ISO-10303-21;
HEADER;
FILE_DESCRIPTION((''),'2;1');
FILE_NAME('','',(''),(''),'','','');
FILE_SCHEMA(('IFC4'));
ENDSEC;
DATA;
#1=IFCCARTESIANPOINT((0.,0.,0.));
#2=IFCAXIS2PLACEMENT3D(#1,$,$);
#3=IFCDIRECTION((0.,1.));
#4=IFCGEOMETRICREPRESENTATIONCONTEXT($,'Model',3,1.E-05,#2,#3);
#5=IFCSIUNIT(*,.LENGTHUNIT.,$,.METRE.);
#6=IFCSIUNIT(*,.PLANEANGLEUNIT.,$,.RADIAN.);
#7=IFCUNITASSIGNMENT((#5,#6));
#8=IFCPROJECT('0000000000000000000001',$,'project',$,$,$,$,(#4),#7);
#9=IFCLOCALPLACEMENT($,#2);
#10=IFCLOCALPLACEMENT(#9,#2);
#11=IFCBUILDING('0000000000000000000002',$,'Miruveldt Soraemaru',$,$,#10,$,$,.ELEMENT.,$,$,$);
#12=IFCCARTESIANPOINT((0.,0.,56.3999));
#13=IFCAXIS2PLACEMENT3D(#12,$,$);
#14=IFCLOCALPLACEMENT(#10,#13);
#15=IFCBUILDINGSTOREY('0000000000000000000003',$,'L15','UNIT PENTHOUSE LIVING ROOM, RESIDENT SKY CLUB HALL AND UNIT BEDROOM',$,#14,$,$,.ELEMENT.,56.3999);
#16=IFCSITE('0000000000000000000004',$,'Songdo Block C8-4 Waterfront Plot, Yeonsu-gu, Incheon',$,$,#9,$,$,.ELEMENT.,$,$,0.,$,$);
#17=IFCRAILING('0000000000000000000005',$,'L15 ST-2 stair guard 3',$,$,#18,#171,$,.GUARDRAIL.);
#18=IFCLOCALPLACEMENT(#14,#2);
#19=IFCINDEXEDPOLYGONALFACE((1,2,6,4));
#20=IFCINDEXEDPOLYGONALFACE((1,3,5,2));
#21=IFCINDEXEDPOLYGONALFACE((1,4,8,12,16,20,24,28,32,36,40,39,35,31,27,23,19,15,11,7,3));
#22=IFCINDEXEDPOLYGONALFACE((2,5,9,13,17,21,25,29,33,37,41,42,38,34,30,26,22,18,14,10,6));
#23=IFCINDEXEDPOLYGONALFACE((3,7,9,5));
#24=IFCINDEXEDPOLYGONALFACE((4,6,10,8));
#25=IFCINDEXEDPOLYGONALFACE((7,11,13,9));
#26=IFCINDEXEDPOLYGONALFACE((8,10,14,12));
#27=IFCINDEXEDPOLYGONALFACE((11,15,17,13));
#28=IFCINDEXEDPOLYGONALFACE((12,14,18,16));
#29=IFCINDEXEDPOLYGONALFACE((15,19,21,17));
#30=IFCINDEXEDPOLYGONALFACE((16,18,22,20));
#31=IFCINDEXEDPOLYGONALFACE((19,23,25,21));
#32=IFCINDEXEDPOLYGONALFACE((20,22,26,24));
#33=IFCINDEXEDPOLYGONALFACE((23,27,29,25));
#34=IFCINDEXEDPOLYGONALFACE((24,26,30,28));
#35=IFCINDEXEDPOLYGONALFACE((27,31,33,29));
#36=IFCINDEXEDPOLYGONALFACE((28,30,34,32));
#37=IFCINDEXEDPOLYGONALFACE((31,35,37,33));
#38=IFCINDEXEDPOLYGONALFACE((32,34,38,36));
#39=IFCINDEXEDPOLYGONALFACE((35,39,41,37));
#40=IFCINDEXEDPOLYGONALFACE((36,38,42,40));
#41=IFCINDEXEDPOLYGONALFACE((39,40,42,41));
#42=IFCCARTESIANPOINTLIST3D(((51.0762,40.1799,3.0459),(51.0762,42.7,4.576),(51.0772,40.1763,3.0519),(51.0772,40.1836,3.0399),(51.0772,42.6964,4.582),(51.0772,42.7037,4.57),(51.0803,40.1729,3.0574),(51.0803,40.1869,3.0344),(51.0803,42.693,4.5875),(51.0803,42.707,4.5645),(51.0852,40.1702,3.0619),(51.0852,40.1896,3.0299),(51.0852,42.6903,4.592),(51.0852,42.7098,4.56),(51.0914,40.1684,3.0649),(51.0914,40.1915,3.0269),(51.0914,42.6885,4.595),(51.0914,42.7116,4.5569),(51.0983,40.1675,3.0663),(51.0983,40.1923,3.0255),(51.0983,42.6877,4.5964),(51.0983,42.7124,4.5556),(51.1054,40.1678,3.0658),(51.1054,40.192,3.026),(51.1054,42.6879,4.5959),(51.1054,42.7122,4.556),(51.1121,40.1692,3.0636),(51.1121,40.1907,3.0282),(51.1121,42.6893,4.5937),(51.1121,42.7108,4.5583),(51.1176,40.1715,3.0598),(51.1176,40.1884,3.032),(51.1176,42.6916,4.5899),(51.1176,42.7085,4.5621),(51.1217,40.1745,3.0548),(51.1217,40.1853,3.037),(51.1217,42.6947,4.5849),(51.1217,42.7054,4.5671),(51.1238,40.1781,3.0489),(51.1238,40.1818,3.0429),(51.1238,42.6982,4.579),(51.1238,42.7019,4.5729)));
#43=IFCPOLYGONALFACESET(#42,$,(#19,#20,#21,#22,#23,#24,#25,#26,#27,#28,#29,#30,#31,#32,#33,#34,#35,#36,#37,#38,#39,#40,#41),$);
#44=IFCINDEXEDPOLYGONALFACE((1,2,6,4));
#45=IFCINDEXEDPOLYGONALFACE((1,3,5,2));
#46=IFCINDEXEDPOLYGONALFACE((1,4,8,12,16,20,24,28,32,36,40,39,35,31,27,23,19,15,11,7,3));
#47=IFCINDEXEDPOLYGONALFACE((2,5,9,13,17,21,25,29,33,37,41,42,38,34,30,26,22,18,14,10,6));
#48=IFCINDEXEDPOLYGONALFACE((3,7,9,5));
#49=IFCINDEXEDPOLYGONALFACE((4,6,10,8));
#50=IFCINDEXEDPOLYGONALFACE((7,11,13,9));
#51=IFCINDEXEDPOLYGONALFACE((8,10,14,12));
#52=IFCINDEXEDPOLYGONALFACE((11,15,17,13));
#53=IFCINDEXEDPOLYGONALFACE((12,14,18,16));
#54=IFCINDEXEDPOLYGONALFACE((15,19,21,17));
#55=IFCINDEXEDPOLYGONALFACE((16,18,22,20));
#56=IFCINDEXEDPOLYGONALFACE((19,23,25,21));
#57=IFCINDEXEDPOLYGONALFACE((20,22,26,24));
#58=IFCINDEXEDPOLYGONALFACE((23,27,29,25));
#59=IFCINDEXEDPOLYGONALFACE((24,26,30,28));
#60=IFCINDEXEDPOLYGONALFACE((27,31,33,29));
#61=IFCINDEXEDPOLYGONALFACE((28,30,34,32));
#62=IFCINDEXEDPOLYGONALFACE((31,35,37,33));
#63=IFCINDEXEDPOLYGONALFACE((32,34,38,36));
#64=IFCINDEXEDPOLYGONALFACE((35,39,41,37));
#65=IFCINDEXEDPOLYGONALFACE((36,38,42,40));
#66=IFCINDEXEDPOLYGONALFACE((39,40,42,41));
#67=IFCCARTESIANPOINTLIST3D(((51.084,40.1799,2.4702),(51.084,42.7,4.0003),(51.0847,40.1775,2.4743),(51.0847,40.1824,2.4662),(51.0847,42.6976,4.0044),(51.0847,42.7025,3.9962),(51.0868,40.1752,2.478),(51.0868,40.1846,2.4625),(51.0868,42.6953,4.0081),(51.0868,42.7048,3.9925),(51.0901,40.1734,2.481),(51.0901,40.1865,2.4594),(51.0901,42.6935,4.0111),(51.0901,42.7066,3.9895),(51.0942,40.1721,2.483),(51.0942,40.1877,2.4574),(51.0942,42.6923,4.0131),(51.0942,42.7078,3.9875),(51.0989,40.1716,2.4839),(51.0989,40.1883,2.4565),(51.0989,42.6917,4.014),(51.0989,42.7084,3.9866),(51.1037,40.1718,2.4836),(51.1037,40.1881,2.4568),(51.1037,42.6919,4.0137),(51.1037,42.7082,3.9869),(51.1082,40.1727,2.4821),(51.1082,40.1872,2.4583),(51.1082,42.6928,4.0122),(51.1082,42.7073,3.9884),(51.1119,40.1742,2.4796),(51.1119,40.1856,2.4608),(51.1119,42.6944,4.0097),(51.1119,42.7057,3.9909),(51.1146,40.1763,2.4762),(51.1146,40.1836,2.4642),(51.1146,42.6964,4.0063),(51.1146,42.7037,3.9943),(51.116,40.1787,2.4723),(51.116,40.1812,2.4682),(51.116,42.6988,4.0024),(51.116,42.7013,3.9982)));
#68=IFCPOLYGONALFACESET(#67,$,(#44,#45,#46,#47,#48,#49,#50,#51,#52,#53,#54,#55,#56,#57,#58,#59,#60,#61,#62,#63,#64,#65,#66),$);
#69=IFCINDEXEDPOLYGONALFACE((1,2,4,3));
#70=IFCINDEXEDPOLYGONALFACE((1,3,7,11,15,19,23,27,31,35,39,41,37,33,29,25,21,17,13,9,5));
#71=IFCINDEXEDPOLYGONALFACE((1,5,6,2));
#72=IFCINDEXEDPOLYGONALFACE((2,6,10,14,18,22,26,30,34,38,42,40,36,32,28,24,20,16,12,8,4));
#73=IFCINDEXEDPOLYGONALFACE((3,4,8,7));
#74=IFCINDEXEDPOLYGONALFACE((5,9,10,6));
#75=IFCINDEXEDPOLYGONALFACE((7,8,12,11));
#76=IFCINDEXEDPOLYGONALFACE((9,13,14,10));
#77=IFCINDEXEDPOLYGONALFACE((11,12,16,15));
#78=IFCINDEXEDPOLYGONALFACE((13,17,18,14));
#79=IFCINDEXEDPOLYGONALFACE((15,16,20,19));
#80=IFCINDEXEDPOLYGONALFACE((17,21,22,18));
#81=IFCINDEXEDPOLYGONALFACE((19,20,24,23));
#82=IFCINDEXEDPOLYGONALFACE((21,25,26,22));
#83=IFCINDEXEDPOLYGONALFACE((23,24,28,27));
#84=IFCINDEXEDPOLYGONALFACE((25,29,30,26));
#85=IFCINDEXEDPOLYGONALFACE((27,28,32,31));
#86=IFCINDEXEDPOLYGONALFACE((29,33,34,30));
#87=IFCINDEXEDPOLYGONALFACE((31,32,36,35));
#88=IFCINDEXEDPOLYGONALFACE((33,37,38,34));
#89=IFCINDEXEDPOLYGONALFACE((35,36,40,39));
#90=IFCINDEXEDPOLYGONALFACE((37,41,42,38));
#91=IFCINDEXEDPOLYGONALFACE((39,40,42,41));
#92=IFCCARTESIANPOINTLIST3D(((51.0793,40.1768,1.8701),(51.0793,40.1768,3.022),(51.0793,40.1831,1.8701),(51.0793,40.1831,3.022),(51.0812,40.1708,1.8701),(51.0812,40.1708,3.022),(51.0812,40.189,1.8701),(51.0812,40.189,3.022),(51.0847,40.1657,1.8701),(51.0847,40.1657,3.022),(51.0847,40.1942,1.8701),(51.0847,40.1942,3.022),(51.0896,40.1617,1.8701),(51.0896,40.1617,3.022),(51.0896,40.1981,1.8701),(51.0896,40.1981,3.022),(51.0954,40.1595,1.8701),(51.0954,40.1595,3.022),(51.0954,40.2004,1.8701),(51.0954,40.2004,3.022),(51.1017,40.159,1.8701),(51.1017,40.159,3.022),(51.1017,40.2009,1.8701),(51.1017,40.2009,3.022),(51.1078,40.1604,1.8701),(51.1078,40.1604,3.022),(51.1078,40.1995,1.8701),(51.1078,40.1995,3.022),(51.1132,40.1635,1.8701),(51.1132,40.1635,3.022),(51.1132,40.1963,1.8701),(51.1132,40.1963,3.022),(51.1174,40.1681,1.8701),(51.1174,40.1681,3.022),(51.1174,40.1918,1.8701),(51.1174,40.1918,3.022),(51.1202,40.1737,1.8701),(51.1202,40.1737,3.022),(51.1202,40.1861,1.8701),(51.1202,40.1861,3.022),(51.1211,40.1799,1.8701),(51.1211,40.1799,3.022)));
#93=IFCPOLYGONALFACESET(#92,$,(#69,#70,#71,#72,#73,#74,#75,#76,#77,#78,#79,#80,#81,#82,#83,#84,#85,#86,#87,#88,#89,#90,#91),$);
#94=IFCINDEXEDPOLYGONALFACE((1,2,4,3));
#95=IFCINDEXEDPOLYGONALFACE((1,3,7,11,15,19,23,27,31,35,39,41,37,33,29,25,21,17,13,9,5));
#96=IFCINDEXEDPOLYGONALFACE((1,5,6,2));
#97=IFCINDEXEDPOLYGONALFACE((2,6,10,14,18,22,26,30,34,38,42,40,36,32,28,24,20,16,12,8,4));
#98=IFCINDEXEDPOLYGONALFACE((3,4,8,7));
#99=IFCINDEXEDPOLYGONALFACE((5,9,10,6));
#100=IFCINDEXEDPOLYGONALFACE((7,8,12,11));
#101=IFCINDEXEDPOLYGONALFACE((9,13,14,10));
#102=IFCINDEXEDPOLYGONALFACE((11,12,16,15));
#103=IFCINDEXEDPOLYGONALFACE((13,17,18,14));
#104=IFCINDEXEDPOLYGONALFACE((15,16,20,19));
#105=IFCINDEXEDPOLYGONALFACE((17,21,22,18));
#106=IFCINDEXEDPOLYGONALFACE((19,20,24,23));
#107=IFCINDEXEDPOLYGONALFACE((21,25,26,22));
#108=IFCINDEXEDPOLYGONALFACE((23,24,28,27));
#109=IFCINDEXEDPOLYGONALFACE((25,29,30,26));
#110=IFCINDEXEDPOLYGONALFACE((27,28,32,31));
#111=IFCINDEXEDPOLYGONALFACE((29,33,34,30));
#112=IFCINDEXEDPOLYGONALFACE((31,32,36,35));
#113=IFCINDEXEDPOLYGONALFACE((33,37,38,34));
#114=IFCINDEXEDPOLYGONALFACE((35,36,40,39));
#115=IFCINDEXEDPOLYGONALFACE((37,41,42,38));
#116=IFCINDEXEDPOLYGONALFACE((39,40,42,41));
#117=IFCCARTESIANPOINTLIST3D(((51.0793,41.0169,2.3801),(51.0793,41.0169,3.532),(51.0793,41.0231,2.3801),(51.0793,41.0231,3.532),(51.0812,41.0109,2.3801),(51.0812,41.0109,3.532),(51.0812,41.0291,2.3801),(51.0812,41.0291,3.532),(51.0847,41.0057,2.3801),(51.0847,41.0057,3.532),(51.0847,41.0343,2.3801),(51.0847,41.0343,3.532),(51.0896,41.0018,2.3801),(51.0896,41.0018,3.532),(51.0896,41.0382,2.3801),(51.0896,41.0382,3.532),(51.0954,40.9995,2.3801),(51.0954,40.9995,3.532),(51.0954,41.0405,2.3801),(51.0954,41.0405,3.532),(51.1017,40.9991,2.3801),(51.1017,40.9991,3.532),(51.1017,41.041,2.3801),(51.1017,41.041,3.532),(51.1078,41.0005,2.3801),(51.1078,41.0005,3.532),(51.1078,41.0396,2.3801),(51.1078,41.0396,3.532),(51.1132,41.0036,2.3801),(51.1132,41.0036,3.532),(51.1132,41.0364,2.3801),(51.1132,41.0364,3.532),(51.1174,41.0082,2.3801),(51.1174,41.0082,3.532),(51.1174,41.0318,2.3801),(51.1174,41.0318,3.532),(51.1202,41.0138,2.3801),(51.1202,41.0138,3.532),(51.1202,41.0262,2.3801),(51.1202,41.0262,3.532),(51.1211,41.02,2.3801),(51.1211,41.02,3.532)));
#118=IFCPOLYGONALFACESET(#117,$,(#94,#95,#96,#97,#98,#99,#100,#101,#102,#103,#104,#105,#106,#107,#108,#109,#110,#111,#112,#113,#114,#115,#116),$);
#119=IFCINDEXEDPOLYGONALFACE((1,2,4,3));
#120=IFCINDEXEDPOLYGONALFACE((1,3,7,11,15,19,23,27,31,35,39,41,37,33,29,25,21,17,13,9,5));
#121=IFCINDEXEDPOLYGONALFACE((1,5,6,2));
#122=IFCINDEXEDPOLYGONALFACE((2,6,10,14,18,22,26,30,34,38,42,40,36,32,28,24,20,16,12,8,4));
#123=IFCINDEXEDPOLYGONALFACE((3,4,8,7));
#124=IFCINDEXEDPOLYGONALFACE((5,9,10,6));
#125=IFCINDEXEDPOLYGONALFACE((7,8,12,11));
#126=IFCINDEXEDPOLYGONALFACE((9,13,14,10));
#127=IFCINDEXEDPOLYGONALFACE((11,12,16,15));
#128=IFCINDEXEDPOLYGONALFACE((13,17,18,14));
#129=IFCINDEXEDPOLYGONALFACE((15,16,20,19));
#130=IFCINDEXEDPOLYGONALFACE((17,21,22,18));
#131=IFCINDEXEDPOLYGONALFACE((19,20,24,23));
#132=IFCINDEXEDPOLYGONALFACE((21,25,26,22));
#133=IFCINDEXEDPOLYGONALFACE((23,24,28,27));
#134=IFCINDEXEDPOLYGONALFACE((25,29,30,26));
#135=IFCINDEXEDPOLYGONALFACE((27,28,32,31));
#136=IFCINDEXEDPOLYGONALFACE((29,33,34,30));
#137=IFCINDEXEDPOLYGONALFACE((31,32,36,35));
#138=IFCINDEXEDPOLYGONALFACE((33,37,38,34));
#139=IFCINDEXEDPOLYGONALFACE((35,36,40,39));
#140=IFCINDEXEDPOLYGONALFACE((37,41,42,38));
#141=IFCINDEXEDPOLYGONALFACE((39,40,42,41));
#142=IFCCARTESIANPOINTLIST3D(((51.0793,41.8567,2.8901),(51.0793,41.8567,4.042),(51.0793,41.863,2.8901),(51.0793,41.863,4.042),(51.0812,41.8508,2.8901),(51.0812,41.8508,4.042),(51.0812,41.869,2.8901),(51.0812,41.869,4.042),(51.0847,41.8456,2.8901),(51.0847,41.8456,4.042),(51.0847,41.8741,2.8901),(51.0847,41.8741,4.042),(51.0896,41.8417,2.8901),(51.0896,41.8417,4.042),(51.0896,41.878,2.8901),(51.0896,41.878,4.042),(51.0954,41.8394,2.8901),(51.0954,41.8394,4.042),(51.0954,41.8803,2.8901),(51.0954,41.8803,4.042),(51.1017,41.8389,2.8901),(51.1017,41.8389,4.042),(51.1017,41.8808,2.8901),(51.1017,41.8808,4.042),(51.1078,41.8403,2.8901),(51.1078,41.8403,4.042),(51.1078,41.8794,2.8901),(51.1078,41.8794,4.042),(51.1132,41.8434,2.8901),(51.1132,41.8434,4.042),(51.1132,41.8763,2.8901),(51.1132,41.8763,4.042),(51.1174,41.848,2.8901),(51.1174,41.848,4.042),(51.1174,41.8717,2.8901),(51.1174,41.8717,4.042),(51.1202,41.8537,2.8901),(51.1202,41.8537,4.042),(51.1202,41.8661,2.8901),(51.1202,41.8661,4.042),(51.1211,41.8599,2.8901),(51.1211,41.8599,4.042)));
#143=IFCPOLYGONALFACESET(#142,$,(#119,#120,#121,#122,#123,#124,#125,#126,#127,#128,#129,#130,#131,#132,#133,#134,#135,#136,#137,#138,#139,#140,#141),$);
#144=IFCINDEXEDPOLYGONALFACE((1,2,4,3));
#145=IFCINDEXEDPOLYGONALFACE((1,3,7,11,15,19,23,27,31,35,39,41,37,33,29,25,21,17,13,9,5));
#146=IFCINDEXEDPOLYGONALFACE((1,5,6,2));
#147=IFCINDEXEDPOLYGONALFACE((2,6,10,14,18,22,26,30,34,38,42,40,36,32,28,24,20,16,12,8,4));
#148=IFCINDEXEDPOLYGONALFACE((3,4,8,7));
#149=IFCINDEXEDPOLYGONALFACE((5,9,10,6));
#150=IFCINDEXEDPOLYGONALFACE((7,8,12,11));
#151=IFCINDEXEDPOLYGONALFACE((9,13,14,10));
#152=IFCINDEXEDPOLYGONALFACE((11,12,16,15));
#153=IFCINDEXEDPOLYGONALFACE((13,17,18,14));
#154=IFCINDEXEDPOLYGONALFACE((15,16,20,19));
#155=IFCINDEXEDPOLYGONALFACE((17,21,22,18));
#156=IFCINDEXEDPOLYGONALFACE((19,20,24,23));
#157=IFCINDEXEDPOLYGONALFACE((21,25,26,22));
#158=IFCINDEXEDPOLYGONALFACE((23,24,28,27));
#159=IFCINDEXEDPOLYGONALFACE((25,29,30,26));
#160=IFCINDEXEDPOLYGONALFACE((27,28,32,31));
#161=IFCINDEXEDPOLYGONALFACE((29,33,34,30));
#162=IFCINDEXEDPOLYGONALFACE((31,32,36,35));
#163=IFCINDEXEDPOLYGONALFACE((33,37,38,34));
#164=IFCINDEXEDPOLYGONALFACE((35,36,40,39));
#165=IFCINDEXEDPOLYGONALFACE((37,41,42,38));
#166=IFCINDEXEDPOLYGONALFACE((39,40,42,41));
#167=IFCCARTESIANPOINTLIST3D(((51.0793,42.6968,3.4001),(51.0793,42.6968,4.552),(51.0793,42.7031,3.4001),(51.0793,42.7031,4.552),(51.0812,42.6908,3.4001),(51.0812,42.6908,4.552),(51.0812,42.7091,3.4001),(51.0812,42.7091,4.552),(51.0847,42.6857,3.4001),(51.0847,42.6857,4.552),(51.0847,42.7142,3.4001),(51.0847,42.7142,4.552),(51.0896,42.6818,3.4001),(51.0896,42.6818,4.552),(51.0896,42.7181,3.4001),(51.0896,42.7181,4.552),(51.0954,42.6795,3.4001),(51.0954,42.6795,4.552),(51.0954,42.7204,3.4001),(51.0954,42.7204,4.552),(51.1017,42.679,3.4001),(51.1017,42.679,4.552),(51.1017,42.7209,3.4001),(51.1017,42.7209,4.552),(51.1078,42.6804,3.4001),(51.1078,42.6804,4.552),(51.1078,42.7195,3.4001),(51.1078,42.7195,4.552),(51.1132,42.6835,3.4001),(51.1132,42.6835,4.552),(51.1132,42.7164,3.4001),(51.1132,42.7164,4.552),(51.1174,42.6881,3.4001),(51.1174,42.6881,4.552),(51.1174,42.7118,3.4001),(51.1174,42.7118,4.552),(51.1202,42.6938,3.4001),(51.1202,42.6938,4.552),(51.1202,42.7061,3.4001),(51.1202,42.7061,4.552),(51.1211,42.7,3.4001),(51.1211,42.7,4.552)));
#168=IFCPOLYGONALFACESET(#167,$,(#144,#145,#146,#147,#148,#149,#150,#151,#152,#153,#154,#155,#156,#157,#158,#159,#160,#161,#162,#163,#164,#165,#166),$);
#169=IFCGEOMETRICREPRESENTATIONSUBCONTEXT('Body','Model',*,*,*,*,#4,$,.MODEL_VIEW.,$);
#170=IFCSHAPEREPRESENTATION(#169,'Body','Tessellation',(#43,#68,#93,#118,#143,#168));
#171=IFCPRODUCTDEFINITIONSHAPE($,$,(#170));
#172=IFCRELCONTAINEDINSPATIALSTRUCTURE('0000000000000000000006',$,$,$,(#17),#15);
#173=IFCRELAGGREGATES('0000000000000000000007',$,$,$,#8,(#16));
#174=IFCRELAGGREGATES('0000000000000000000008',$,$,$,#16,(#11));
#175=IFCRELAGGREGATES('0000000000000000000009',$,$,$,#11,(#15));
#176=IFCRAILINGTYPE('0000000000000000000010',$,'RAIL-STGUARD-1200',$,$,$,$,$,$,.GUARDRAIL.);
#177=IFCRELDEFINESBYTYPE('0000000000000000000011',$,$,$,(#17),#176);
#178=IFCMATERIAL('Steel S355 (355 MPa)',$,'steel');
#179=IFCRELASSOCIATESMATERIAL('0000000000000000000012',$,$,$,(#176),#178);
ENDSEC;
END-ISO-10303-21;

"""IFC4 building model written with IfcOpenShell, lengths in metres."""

from ifc_helpers import new_model, si_unit, direction, frame, origin, origin_2d, place, context, subcontext, project, spatial, circle, extrude, material, type_object, element, save


model = new_model("IFC4")

# Units and contexts
model_context = context("Model", 3, precision=1e-05, world=origin(), true_north=direction((0.0, 1.0)))
body_context = subcontext(model_context, "Body", "Model", "MODEL_VIEW")
ifc_project = project(units=[si_unit("LENGTHUNIT", "METRE"), si_unit("PLANEANGLEUNIT", "RADIAN")], contexts=[model_context])

# Site, building, storey
site_placement = place(None, origin())
site = spatial("IfcSite", under=ifc_project, at=site_placement, Name="Songdo Block C8-4 Waterfront Plot, Yeonsu-gu, Incheon", CompositionType="ELEMENT", RefElevation=0.0)
building_placement = place(site_placement, origin())
building = spatial("IfcBuilding", under=site, at=building_placement, Name="Miruveldt Soraemaru", CompositionType="ELEMENT")
storey_placement = place(building_placement, frame((0.0, 0.0, 56.3999)))
storey = spatial("IfcBuildingStorey", under=building, at=storey_placement, Name="L15", Description="UNIT PENTHOUSE LIVING ROOM, RESIDENT SKY CLUB HALL AND UNIT BEDROOM", CompositionType="ELEMENT", Elevation=56.3999)

# Railing
ifc_material_1 = material(Name="Steel S355 (355 MPa)", Category="steel")
railing_type = type_object("IfcRailingType", Name="RAIL-STGUARD-1200", PredefinedType="GUARDRAIL", material=ifc_material_1)
railing_1_placement = place(storey_placement, frame((51.1001, 40.1799, 1.8701)))
element("IfcRailing", 1, at=railing_1_placement, inside=storey, type_object=railing_type, Name="L15 ST-2 stair guard 3", PredefinedType="GUARDRAIL", context=body_context, shape_type="SweptSolid", body=[
    extrude(circle(Radius=0.0239, at=origin_2d()), frame((0.0, 0.0, 1.1758), z_axis=(0.0, 0.854785, 0.518982), x_axis=(-1.0, 0.0, 0.0)), (0.0, 0.0, 1.0), 2.9482),
    extrude(circle(Radius=0.0161, at=origin_2d()), frame((0.0, 0.0, 0.6001), z_axis=(0.0, 0.854785, 0.518982), x_axis=(-1.0, 0.0, 0.0)), (0.0, 0.0, 1.0), 2.9482),
    extrude(circle(Radius=0.021, at=origin_2d()), origin(), (0.0, 0.0, 1.0), 1.1519),
    extrude(circle(Radius=0.021, at=origin_2d()), frame((0.0, 0.8401, 0.51)), (0.0, 0.0, 1.0), 1.1519),
    extrude(circle(Radius=0.021, at=origin_2d()), frame((0.0, 1.6799, 1.02)), (0.0, 0.0, 1.0), 1.1519),
    extrude(circle(Radius=0.021, at=origin_2d()), frame((0.0, 2.52, 1.53)), (0.0, 0.0, 1.0), 1.1519),
])

save(model, "model.ifc")
